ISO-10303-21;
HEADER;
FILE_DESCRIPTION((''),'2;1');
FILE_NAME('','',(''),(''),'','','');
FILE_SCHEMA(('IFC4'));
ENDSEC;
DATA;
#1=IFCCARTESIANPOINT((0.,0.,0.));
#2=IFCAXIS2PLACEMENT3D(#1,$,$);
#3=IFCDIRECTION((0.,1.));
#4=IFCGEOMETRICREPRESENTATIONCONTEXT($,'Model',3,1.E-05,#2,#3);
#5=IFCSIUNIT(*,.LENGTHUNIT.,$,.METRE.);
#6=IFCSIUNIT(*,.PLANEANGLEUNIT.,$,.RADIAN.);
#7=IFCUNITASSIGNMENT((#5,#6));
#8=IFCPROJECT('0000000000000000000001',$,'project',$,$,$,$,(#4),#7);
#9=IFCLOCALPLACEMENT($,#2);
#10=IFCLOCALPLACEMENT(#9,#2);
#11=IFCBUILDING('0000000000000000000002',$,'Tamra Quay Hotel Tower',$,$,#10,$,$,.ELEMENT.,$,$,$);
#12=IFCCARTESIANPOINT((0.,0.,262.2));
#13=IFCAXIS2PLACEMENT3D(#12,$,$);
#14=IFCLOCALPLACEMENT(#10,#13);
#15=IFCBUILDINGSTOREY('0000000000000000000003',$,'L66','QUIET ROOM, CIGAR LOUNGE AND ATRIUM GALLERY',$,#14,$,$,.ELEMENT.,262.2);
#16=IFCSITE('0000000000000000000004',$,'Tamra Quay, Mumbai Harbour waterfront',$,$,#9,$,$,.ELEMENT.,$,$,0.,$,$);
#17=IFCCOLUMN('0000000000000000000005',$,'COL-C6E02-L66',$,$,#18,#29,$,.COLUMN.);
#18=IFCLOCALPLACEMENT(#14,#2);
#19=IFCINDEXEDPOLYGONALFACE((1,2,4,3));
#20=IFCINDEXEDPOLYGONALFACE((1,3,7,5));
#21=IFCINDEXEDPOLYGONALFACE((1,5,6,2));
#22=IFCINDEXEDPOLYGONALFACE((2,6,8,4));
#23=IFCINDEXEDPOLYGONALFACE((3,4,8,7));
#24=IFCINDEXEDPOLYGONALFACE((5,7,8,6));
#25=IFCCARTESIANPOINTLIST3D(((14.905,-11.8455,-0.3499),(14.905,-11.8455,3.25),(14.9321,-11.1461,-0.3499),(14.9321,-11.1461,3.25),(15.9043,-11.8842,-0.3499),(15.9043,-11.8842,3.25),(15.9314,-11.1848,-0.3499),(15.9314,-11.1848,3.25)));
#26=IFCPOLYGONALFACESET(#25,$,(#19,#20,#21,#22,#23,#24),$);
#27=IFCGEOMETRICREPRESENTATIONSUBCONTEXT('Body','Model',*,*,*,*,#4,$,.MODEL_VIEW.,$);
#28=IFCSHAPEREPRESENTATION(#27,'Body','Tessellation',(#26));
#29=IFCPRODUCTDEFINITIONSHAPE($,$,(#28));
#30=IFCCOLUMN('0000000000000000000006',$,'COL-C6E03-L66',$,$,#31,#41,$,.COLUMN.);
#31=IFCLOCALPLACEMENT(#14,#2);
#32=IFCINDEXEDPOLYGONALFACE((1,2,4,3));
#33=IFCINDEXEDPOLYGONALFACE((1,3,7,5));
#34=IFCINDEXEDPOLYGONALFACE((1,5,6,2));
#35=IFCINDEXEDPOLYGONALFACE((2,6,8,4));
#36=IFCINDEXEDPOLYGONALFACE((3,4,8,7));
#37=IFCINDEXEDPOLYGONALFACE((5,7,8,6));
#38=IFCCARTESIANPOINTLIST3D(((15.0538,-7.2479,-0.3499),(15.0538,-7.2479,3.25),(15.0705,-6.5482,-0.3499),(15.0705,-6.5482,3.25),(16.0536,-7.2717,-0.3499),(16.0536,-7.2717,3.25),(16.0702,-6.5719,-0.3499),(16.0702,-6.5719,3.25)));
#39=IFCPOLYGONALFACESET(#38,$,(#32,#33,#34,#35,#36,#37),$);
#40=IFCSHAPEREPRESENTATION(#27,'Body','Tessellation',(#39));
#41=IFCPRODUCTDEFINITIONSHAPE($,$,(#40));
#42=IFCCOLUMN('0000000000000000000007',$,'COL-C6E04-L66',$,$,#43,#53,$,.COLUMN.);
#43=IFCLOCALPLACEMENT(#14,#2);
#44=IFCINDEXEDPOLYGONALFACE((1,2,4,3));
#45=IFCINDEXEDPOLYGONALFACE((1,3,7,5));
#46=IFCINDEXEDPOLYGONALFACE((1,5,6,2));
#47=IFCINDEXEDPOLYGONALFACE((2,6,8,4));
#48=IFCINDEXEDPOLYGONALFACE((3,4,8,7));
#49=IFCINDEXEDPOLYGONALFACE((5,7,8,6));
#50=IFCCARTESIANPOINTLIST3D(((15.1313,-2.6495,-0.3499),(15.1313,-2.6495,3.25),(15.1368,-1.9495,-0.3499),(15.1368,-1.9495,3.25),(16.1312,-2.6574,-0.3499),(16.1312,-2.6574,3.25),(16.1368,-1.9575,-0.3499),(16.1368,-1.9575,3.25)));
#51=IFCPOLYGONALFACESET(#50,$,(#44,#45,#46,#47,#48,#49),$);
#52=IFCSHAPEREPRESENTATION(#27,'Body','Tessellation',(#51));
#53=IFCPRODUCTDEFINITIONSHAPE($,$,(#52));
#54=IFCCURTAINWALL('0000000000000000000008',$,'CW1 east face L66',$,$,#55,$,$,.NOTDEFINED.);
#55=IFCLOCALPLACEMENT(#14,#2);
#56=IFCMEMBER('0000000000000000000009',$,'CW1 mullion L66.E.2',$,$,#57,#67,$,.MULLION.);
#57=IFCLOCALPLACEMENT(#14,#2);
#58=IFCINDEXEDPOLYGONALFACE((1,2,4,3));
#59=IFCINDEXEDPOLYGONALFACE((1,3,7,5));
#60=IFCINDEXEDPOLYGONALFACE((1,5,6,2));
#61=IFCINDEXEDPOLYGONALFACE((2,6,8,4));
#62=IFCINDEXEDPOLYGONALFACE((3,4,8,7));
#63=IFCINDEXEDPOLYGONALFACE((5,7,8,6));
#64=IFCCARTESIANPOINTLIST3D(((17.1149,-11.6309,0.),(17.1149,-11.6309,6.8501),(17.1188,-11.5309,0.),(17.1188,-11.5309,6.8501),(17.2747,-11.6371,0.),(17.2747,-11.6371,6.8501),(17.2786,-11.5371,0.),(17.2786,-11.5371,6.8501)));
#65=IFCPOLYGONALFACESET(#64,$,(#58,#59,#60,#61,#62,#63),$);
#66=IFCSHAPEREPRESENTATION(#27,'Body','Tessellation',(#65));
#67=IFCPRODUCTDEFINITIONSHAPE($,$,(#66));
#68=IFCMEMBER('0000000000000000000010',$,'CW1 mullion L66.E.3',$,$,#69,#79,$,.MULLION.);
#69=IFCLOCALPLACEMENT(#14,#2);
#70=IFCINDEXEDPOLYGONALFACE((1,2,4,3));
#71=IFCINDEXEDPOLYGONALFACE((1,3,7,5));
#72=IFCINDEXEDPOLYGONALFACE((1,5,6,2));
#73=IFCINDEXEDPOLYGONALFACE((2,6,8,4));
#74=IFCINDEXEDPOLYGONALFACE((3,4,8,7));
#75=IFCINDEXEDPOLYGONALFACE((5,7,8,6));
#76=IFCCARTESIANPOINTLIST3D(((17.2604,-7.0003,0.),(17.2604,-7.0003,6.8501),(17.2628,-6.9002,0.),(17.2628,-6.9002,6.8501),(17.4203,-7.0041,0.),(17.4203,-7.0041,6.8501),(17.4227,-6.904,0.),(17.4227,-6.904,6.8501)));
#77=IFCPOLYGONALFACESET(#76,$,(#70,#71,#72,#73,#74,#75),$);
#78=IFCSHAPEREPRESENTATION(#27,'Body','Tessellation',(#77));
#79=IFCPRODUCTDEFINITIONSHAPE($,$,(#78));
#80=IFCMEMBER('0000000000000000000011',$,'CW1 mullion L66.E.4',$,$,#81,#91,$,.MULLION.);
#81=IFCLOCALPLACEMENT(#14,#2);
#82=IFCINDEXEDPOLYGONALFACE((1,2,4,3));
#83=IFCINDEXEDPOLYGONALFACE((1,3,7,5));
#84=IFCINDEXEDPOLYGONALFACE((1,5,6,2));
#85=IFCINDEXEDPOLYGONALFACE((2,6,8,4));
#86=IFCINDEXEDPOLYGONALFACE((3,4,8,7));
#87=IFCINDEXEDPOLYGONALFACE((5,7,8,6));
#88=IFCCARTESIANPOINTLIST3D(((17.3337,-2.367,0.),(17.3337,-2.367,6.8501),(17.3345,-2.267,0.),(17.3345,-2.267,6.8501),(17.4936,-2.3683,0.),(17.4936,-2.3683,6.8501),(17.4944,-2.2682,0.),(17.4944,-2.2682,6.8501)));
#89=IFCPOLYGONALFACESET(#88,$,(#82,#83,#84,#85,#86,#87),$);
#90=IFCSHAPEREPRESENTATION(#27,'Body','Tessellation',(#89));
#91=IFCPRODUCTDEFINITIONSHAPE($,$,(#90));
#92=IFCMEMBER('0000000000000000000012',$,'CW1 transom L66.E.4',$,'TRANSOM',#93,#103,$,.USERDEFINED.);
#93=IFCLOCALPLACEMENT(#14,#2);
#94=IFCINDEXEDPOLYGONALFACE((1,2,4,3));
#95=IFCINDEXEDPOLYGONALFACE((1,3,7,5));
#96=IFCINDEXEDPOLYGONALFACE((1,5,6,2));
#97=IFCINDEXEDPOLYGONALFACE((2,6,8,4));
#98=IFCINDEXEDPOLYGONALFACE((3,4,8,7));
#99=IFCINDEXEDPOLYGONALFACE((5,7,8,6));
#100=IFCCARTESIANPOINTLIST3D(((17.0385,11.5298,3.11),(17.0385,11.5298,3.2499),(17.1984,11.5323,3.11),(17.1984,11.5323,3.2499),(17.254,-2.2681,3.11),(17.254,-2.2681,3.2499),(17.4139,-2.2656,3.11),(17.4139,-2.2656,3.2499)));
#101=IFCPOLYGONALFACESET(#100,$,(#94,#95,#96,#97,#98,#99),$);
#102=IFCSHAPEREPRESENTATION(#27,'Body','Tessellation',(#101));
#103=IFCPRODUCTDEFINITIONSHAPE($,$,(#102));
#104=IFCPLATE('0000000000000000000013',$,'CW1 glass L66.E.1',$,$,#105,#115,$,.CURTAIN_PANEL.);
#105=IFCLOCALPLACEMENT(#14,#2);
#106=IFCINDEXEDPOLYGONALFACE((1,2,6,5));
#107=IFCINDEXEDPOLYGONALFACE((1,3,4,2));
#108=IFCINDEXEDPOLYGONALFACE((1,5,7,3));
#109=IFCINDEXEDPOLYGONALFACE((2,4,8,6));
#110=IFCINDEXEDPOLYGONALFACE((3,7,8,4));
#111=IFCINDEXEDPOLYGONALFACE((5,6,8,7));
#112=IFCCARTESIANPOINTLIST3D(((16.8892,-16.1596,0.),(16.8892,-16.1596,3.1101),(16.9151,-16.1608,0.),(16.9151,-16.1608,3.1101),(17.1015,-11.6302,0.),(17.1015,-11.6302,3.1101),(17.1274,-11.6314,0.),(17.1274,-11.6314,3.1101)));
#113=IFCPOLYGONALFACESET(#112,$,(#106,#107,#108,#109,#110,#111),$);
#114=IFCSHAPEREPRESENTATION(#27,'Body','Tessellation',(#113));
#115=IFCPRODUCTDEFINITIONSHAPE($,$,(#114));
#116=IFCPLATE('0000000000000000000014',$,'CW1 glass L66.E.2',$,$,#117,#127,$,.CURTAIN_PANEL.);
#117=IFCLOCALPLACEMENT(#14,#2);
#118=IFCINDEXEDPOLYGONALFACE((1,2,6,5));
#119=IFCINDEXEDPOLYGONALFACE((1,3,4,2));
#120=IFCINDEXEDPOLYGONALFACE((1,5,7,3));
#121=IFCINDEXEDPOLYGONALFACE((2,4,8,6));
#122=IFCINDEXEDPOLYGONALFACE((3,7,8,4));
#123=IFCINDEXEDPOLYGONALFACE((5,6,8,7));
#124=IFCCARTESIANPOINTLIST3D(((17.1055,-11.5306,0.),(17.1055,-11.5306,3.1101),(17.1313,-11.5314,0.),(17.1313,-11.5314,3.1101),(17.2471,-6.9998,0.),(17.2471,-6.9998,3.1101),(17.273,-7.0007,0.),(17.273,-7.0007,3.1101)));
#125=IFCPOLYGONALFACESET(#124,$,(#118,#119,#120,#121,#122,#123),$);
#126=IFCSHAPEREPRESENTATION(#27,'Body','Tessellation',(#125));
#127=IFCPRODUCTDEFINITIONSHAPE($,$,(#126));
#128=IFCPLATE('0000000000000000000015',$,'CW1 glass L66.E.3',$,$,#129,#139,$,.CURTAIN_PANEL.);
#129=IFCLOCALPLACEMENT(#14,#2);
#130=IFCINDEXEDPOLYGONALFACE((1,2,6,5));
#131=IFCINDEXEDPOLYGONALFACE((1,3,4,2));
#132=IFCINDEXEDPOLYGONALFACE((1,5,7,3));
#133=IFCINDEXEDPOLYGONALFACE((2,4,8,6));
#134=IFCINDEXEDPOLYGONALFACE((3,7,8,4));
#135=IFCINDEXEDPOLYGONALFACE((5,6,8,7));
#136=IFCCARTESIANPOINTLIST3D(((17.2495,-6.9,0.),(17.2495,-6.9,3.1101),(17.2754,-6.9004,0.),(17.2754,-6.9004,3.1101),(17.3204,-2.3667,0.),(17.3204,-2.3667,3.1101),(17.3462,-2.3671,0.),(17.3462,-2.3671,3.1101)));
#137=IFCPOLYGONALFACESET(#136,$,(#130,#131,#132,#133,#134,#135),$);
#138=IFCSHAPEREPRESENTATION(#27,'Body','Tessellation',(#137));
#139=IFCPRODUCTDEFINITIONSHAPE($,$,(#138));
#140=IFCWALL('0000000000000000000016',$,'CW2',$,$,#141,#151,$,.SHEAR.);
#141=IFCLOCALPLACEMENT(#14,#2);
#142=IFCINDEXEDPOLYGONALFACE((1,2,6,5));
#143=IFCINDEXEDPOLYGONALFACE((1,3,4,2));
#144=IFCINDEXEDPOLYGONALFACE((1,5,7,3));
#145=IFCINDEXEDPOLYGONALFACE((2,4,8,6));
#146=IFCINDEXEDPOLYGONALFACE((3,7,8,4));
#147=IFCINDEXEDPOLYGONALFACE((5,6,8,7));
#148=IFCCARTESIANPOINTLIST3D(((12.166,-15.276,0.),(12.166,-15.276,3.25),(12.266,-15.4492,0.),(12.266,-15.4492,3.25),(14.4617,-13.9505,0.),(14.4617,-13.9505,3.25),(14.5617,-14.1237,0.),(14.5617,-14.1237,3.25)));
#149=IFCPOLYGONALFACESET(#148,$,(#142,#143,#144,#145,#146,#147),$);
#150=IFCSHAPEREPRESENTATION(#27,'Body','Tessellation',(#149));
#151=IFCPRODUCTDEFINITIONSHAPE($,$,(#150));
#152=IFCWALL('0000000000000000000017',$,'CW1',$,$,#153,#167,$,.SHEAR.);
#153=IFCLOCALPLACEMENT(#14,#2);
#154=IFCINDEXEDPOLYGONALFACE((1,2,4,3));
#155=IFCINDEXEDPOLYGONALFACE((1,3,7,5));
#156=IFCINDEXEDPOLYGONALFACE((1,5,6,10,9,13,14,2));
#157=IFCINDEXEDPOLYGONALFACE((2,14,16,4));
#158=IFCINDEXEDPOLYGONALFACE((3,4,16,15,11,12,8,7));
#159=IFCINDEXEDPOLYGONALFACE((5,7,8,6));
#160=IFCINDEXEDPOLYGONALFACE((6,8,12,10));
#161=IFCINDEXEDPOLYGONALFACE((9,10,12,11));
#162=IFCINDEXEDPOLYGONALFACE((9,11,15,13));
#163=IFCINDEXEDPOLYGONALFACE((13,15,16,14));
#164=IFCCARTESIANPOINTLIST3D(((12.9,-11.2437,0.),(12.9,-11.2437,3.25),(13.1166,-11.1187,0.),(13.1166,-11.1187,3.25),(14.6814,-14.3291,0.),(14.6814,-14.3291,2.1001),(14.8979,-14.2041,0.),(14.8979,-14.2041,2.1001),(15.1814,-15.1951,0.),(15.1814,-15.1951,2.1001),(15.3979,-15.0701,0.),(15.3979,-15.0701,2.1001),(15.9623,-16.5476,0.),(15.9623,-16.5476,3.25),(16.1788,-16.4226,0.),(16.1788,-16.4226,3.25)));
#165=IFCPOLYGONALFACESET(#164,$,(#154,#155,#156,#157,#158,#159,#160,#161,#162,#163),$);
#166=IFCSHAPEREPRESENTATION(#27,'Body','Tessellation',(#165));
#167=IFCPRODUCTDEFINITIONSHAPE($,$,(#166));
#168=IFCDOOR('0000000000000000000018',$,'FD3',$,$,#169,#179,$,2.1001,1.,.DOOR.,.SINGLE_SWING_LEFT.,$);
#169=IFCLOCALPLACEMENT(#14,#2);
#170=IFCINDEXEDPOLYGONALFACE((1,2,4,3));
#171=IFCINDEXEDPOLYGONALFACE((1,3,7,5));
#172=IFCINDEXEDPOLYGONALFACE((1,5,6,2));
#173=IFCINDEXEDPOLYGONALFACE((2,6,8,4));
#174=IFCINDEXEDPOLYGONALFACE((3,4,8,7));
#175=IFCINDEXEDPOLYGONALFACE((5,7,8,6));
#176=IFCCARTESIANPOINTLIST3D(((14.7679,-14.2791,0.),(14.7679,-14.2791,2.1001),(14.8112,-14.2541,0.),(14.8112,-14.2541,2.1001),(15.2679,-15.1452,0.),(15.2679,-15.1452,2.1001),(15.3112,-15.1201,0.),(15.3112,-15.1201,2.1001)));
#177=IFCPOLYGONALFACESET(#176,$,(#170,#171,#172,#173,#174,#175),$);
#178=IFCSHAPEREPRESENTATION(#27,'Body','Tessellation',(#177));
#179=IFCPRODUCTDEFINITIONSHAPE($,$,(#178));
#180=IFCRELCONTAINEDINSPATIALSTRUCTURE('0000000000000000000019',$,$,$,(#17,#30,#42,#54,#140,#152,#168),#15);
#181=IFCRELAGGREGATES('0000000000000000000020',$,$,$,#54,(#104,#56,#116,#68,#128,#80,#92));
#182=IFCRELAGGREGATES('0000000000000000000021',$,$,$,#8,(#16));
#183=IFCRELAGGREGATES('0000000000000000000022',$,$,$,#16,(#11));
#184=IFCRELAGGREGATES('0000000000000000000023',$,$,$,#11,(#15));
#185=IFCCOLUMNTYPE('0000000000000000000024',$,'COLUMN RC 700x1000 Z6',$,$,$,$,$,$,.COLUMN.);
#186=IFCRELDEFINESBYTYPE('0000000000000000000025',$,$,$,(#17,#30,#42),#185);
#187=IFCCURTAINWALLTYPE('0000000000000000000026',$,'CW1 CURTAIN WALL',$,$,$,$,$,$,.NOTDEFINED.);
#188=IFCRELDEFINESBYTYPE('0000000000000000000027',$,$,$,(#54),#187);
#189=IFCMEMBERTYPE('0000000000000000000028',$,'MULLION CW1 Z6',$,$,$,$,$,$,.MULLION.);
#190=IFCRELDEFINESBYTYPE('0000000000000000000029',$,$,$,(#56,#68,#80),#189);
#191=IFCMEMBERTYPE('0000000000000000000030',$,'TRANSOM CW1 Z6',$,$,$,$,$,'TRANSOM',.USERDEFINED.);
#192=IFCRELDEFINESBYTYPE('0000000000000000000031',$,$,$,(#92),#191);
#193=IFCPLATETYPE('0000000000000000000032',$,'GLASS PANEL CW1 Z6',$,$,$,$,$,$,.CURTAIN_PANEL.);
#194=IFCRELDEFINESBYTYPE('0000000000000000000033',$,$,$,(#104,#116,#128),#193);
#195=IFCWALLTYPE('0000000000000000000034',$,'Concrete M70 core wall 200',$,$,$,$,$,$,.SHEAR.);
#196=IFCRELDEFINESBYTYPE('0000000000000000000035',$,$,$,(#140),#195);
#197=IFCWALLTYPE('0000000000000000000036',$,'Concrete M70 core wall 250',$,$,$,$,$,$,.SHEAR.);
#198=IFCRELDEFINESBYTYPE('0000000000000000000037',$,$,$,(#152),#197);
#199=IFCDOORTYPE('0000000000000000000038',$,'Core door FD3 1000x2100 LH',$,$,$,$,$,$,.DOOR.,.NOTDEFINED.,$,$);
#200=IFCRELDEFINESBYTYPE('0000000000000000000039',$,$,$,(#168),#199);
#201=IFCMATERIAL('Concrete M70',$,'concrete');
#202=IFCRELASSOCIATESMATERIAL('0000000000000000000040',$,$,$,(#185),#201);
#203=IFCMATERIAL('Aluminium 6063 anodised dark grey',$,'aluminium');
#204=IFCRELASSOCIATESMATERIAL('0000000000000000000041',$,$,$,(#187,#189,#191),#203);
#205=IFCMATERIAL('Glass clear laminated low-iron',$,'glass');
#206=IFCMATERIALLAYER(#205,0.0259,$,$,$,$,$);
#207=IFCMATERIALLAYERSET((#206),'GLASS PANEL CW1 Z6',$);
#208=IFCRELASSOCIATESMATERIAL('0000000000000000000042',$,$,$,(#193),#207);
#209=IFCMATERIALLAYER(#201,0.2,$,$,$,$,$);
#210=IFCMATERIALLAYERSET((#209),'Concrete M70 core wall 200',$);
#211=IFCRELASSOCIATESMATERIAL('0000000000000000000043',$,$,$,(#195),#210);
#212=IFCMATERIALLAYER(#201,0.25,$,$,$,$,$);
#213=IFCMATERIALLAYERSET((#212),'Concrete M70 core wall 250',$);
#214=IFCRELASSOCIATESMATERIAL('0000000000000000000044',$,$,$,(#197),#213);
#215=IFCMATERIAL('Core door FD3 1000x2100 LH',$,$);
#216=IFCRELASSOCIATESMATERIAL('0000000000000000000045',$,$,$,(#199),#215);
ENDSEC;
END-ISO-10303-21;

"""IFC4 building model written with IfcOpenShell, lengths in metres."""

from ifc_helpers import new_model, si_unit, direction, frame, frame_2d, origin, origin_2d, place, context, subcontext, project, spatial, rectangle, extrude, material, layer, layer_set, material_profile, profile_set, type_object, element, fill, aggregate, save


model = new_model("IFC4")

# Units and contexts
model_context = context("Model", 3, precision=1e-05, world=origin(), true_north=direction((0.0, 1.0)))
body_context = subcontext(model_context, "Body", "Model", "MODEL_VIEW")
ifc_project = project(units=[si_unit("LENGTHUNIT", "METRE"), si_unit("PLANEANGLEUNIT", "RADIAN")], contexts=[model_context])

# Site, building, storey
site_placement = place(None, origin())
site = spatial("IfcSite", under=ifc_project, at=site_placement, Name="Tamra Quay, Mumbai Harbour waterfront", CompositionType="ELEMENT", RefElevation=0.0)
building_placement = place(site_placement, origin())
building = spatial("IfcBuilding", under=site, at=building_placement, Name="Tamra Quay Hotel Tower", CompositionType="ELEMENT")
storey_placement = place(building_placement, frame((0.0, 0.0, 262.2)))
storey = spatial("IfcBuildingStorey", under=building, at=storey_placement, Name="L66", Description="QUIET ROOM, CIGAR LOUNGE AND ATRIUM GALLERY", CompositionType="ELEMENT", Elevation=262.2)

# Columns
ifc_material_1 = material(Name="Concrete M70", Category="concrete")
ifc_material_profile_1 = material_profile(ifc_material_1, rectangle(XDim=1.0, YDim=0.7, at=origin_2d()), Name="COLUMN RC 700x1000 Z6")
ifc_profile_set_1 = profile_set([ifc_material_profile_1], Name="Concrete M70")
column_type = type_object("IfcColumnType", Name="COLUMN RC 700x1000 Z6", PredefinedType="COLUMN", material=ifc_profile_set_1)
for number, where, z_axis, x_axis, name in (
    (1, (15.4182, -11.5151, -0.3499), (0.0, 0.0, 1.0), (-0.999251, 0.038691, 0.0), "COL-C6E02-L66"),
    (2, (15.562, -6.9099, -0.3499), (0.0, 0.0, 1.0), (-0.999718, 0.023753, 0.0), "COL-C6E03-L66"),
    (3, (15.634, -2.3035, -0.3499), (0.0, 0.0, 1.0), (-0.999969, 0.00792, 0.0), "COL-C6E04-L66"),
):
    element("IfcColumn", number, at=place(storey_placement, frame(where, z_axis=z_axis, x_axis=x_axis)), inside=storey, type_object=column_type, Name=name, PredefinedType="COLUMN", context=body_context, shape_type="SweptSolid", body=[
        extrude(rectangle(XDim=1.0, YDim=0.7, at=origin_2d()), origin(), (0.0, 0.0, 1.0), 3.5999),
    ])

# Curtain wall, members, plates
ifc_material_2 = material(Name="Aluminium 6063 anodised dark grey", Category="aluminium")
curtain_wall_type = type_object("IfcCurtainWallType", Name="CW1 CURTAIN WALL", PredefinedType="NOTDEFINED", material=ifc_material_2)
curtain_wall_placement = place(storey_placement, origin())
curtain_wall = element("IfcCurtainWall", 4, at=curtain_wall_placement, inside=storey, type_object=curtain_wall_type, Name="CW1 east face L66", PredefinedType="NOTDEFINED")
ifc_material_profile_2 = material_profile(ifc_material_2, rectangle(XDim=0.1599, YDim=0.1001, at=origin_2d()), Name="MULLION 100X160")
ifc_profile_set_2 = profile_set([ifc_material_profile_2], Name="Aluminium 6063 anodised dark grey")
member_type_1 = type_object("IfcMemberType", Name="MULLION CW1 Z6", PredefinedType="MULLION", material=ifc_profile_set_2)
member_1_placement = place(storey_placement, frame((17.1968, -11.584, 0.0), z_axis=(0.0, 0.0, 1.0), x_axis=(0.999238, -0.039033, 0.0)))
member_1 = element("IfcMember", 5, at=member_1_placement, type_object=member_type_1, Name="CW1 mullion L66.E.2", PredefinedType="MULLION", context=body_context, shape_type="SweptSolid", body=[
    extrude(rectangle(XDim=0.1599, YDim=0.1001, at=origin_2d()), origin(), (0.0, 0.0, 1.0), 6.8501),
])
member_2_placement = place(storey_placement, frame((17.3416, -6.9521, 0.0), z_axis=(0.0, 0.0, 1.0), x_axis=(0.999725, -0.023438, 0.0)))
member_2 = element("IfcMember", 6, at=member_2_placement, type_object=member_type_1, Name="CW1 mullion L66.E.3", PredefinedType="MULLION", context=body_context, shape_type="SweptSolid", body=[
    extrude(rectangle(XDim=0.1599, YDim=0.1001, at=origin_2d()), origin(), (0.0, 0.0, 1.0), 6.8501),
])
member_3_placement = place(storey_placement, frame((17.4141, -2.3176, 0.0), z_axis=(0.0, 0.0, 1.0), x_axis=(0.999969, -0.007816, 0.0)))
member_3 = element("IfcMember", 7, at=member_3_placement, type_object=member_type_1, Name="CW1 mullion L66.E.4", PredefinedType="MULLION", context=body_context, shape_type="SweptSolid", body=[
    extrude(rectangle(XDim=0.1599, YDim=0.1001, at=origin_2d()), origin(), (0.0, 0.0, 1.0), 6.8501),
])
ifc_material_profile_3 = material_profile(ifc_material_2, rectangle(XDim=0.1599, YDim=0.1399, at=origin_2d()), Name="TRANSOM 160X140")
ifc_profile_set_3 = profile_set([ifc_material_profile_3], Name="Aluminium 6063 anodised dark grey")
member_type_2 = type_object("IfcMemberType", Name="TRANSOM CW1 Z6", ElementType="TRANSOM", PredefinedType="USERDEFINED", material=ifc_profile_set_3)
member_4_placement = place(storey_placement, frame((17.334, -2.2668, 3.1799), z_axis=(-0.015622, 0.999878, 0.0), x_axis=(-0.999878, -0.015622, 0.0)))
member_4 = element("IfcMember", 8, at=member_4_placement, type_object=member_type_2, Name="CW1 transom L66.E.4", ObjectType="TRANSOM", PredefinedType="USERDEFINED", context=body_context, shape_type="SweptSolid", body=[
    extrude(rectangle(XDim=0.1599, YDim=0.1399, at=origin_2d()), origin(), (0.0, 0.0, 1.0), 13.7996),
])
ifc_material_3 = material(Name="Glass clear laminated low-iron", Category="glass")
ifc_layer_1 = layer(ifc_material_3, 0.0259)
ifc_layer_set_1 = layer_set([ifc_layer_1], Name="GLASS PANEL CW1 Z6")
plate_type = type_object("IfcPlateType", Name="GLASS PANEL CW1 Z6", PredefinedType="CURTAIN_PANEL", material=ifc_layer_set_1)
plate_1_placement = place(storey_placement, frame((17.0083, -13.8955, 0.0), z_axis=(0.0, 0.0, 1.0), x_axis=(0.046821, 0.998903, 0.0)))
plate_1 = element("IfcPlate", 9, at=plate_1_placement, type_object=plate_type, Name="CW1 glass L66.E.1", PredefinedType="CURTAIN_PANEL", context=body_context, shape_type="SweptSolid", body=[
    extrude(rectangle(XDim=4.5344, YDim=0.0259, at=origin_2d()), origin(), (0.0, 0.0, 1.0), 3.1101),
])
plate_2_placement = place(storey_placement, frame((17.1892, -9.2656, 0.0), z_axis=(0.0, 0.0, 1.0), x_axis=(0.031242, 0.999512, 0.0)))
plate_2 = element("IfcPlate", 10, at=plate_2_placement, type_object=plate_type, Name="CW1 glass L66.E.2", PredefinedType="CURTAIN_PANEL", context=body_context, shape_type="SweptSolid", body=[
    extrude(rectangle(XDim=4.533, YDim=0.0259, at=origin_2d()), origin(), (0.0, 0.0, 1.0), 3.1101),
])
plate_3_placement = place(storey_placement, frame((17.2979, -4.6335, 0.0), z_axis=(0.0, 0.0, 1.0), x_axis=(0.015632, 0.999878, 0.0)))
plate_3 = element("IfcPlate", 11, at=plate_3_placement, type_object=plate_type, Name="CW1 glass L66.E.3", PredefinedType="CURTAIN_PANEL", context=body_context, shape_type="SweptSolid", body=[
    extrude(rectangle(XDim=4.5339, YDim=0.0259, at=origin_2d()), origin(), (0.0, 0.0, 1.0), 3.1101),
])
aggregate(curtain_wall, [plate_1, member_1, plate_2, member_2, plate_3, member_3, member_4])

# Wall
ifc_layer_2 = layer(ifc_material_1, 0.2)
ifc_layer_set_2 = layer_set([ifc_layer_2], Name="Concrete M70 core wall 200")
wall_type_1 = type_object("IfcWallType", Name="Concrete M70 core wall 200", PredefinedType="SHEAR", material=ifc_layer_set_2)
wall_1_placement = place(storey_placement, frame((14.5117, -14.0371, 0.0), z_axis=(0.0, 0.0, 1.0), x_axis=(-0.866018, -0.500012, 0.0)))
element("IfcWall", 12, at=wall_1_placement, inside=storey, type_object=wall_type_1, Name="CW2", PredefinedType="SHEAR", context=body_context, shape_type="SweptSolid", body=[
    extrude(rectangle(XDim=2.6509, YDim=0.2, at=frame_2d((1.3254, 0.0))), origin(), (0.0, 0.0, 1.0), 3.25),
])

# Wall, opening, door
ifc_layer_3 = layer(ifc_material_1, 0.25)
ifc_layer_set_3 = layer_set([ifc_layer_3], Name="Concrete M70 core wall 250")
wall_type_2 = type_object("IfcWallType", Name="Concrete M70 core wall 250", PredefinedType="SHEAR", material=ifc_layer_set_3)
wall_2_placement = place(storey_placement, frame((13.0083, -11.1812, 0.0), z_axis=(0.0, 0.0, 1.0), x_axis=(0.500002, -0.866024, 0.0)))
wall_2 = element("IfcWall", 13, at=wall_2_placement, inside=storey, type_object=wall_type_2, Name="CW1", PredefinedType="SHEAR", context=body_context, shape_type="SweptSolid", body=[
    extrude(rectangle(XDim=6.1245, YDim=0.25, at=frame_2d((3.0623, 0.0))), origin(), (0.0, 0.0, 1.0), 3.25),
])
opening_1_placement = place(wall_2_placement, frame((3.5627, 0.0, 0.0)))
opening_1 = element("IfcOpeningElement", 14, at=opening_1_placement, cuts=wall_2, PredefinedType="OPENING", context=body_context, shape_type="SweptSolid", body=[
    extrude(rectangle(XDim=1.0, YDim=2.1001, at=frame_2d((0.5, 1.05))), frame((0.0, 0.135, 0.0), z_axis=(0.0, -1.0, 0.0), x_axis=(1.0, 0.0, 0.0)), (0.0, 0.0, 1.0), 0.27),
])
ifc_material_4 = material(Name="Core door FD3 1000x2100 LH")
door_type_1 = type_object("IfcDoorType", Name="Core door FD3 1000x2100 LH", OperationType="NOTDEFINED", PredefinedType="DOOR", material=ifc_material_4)
door_1_placement = place(opening_1_placement, origin())
door_1 = element("IfcDoor", 15, at=door_1_placement, inside=storey, type_object=door_type_1, Name="FD3", OperationType="SINGLE_SWING_LEFT", OverallHeight=2.1001, OverallWidth=1.0, PredefinedType="DOOR", context=body_context, shape_type="SweptSolid", body=[
    extrude(rectangle(XDim=1.0, YDim=2.1001, at=frame_2d((0.5, 1.05))), frame((0.0, 0.0249, 0.0), z_axis=(0.0, -1.0, 0.0), x_axis=(1.0, 0.0, 0.0)), (0.0, 0.0, 1.0), 0.05),
])
fill(opening_1, door_1)

save(model, "model.ifc")
